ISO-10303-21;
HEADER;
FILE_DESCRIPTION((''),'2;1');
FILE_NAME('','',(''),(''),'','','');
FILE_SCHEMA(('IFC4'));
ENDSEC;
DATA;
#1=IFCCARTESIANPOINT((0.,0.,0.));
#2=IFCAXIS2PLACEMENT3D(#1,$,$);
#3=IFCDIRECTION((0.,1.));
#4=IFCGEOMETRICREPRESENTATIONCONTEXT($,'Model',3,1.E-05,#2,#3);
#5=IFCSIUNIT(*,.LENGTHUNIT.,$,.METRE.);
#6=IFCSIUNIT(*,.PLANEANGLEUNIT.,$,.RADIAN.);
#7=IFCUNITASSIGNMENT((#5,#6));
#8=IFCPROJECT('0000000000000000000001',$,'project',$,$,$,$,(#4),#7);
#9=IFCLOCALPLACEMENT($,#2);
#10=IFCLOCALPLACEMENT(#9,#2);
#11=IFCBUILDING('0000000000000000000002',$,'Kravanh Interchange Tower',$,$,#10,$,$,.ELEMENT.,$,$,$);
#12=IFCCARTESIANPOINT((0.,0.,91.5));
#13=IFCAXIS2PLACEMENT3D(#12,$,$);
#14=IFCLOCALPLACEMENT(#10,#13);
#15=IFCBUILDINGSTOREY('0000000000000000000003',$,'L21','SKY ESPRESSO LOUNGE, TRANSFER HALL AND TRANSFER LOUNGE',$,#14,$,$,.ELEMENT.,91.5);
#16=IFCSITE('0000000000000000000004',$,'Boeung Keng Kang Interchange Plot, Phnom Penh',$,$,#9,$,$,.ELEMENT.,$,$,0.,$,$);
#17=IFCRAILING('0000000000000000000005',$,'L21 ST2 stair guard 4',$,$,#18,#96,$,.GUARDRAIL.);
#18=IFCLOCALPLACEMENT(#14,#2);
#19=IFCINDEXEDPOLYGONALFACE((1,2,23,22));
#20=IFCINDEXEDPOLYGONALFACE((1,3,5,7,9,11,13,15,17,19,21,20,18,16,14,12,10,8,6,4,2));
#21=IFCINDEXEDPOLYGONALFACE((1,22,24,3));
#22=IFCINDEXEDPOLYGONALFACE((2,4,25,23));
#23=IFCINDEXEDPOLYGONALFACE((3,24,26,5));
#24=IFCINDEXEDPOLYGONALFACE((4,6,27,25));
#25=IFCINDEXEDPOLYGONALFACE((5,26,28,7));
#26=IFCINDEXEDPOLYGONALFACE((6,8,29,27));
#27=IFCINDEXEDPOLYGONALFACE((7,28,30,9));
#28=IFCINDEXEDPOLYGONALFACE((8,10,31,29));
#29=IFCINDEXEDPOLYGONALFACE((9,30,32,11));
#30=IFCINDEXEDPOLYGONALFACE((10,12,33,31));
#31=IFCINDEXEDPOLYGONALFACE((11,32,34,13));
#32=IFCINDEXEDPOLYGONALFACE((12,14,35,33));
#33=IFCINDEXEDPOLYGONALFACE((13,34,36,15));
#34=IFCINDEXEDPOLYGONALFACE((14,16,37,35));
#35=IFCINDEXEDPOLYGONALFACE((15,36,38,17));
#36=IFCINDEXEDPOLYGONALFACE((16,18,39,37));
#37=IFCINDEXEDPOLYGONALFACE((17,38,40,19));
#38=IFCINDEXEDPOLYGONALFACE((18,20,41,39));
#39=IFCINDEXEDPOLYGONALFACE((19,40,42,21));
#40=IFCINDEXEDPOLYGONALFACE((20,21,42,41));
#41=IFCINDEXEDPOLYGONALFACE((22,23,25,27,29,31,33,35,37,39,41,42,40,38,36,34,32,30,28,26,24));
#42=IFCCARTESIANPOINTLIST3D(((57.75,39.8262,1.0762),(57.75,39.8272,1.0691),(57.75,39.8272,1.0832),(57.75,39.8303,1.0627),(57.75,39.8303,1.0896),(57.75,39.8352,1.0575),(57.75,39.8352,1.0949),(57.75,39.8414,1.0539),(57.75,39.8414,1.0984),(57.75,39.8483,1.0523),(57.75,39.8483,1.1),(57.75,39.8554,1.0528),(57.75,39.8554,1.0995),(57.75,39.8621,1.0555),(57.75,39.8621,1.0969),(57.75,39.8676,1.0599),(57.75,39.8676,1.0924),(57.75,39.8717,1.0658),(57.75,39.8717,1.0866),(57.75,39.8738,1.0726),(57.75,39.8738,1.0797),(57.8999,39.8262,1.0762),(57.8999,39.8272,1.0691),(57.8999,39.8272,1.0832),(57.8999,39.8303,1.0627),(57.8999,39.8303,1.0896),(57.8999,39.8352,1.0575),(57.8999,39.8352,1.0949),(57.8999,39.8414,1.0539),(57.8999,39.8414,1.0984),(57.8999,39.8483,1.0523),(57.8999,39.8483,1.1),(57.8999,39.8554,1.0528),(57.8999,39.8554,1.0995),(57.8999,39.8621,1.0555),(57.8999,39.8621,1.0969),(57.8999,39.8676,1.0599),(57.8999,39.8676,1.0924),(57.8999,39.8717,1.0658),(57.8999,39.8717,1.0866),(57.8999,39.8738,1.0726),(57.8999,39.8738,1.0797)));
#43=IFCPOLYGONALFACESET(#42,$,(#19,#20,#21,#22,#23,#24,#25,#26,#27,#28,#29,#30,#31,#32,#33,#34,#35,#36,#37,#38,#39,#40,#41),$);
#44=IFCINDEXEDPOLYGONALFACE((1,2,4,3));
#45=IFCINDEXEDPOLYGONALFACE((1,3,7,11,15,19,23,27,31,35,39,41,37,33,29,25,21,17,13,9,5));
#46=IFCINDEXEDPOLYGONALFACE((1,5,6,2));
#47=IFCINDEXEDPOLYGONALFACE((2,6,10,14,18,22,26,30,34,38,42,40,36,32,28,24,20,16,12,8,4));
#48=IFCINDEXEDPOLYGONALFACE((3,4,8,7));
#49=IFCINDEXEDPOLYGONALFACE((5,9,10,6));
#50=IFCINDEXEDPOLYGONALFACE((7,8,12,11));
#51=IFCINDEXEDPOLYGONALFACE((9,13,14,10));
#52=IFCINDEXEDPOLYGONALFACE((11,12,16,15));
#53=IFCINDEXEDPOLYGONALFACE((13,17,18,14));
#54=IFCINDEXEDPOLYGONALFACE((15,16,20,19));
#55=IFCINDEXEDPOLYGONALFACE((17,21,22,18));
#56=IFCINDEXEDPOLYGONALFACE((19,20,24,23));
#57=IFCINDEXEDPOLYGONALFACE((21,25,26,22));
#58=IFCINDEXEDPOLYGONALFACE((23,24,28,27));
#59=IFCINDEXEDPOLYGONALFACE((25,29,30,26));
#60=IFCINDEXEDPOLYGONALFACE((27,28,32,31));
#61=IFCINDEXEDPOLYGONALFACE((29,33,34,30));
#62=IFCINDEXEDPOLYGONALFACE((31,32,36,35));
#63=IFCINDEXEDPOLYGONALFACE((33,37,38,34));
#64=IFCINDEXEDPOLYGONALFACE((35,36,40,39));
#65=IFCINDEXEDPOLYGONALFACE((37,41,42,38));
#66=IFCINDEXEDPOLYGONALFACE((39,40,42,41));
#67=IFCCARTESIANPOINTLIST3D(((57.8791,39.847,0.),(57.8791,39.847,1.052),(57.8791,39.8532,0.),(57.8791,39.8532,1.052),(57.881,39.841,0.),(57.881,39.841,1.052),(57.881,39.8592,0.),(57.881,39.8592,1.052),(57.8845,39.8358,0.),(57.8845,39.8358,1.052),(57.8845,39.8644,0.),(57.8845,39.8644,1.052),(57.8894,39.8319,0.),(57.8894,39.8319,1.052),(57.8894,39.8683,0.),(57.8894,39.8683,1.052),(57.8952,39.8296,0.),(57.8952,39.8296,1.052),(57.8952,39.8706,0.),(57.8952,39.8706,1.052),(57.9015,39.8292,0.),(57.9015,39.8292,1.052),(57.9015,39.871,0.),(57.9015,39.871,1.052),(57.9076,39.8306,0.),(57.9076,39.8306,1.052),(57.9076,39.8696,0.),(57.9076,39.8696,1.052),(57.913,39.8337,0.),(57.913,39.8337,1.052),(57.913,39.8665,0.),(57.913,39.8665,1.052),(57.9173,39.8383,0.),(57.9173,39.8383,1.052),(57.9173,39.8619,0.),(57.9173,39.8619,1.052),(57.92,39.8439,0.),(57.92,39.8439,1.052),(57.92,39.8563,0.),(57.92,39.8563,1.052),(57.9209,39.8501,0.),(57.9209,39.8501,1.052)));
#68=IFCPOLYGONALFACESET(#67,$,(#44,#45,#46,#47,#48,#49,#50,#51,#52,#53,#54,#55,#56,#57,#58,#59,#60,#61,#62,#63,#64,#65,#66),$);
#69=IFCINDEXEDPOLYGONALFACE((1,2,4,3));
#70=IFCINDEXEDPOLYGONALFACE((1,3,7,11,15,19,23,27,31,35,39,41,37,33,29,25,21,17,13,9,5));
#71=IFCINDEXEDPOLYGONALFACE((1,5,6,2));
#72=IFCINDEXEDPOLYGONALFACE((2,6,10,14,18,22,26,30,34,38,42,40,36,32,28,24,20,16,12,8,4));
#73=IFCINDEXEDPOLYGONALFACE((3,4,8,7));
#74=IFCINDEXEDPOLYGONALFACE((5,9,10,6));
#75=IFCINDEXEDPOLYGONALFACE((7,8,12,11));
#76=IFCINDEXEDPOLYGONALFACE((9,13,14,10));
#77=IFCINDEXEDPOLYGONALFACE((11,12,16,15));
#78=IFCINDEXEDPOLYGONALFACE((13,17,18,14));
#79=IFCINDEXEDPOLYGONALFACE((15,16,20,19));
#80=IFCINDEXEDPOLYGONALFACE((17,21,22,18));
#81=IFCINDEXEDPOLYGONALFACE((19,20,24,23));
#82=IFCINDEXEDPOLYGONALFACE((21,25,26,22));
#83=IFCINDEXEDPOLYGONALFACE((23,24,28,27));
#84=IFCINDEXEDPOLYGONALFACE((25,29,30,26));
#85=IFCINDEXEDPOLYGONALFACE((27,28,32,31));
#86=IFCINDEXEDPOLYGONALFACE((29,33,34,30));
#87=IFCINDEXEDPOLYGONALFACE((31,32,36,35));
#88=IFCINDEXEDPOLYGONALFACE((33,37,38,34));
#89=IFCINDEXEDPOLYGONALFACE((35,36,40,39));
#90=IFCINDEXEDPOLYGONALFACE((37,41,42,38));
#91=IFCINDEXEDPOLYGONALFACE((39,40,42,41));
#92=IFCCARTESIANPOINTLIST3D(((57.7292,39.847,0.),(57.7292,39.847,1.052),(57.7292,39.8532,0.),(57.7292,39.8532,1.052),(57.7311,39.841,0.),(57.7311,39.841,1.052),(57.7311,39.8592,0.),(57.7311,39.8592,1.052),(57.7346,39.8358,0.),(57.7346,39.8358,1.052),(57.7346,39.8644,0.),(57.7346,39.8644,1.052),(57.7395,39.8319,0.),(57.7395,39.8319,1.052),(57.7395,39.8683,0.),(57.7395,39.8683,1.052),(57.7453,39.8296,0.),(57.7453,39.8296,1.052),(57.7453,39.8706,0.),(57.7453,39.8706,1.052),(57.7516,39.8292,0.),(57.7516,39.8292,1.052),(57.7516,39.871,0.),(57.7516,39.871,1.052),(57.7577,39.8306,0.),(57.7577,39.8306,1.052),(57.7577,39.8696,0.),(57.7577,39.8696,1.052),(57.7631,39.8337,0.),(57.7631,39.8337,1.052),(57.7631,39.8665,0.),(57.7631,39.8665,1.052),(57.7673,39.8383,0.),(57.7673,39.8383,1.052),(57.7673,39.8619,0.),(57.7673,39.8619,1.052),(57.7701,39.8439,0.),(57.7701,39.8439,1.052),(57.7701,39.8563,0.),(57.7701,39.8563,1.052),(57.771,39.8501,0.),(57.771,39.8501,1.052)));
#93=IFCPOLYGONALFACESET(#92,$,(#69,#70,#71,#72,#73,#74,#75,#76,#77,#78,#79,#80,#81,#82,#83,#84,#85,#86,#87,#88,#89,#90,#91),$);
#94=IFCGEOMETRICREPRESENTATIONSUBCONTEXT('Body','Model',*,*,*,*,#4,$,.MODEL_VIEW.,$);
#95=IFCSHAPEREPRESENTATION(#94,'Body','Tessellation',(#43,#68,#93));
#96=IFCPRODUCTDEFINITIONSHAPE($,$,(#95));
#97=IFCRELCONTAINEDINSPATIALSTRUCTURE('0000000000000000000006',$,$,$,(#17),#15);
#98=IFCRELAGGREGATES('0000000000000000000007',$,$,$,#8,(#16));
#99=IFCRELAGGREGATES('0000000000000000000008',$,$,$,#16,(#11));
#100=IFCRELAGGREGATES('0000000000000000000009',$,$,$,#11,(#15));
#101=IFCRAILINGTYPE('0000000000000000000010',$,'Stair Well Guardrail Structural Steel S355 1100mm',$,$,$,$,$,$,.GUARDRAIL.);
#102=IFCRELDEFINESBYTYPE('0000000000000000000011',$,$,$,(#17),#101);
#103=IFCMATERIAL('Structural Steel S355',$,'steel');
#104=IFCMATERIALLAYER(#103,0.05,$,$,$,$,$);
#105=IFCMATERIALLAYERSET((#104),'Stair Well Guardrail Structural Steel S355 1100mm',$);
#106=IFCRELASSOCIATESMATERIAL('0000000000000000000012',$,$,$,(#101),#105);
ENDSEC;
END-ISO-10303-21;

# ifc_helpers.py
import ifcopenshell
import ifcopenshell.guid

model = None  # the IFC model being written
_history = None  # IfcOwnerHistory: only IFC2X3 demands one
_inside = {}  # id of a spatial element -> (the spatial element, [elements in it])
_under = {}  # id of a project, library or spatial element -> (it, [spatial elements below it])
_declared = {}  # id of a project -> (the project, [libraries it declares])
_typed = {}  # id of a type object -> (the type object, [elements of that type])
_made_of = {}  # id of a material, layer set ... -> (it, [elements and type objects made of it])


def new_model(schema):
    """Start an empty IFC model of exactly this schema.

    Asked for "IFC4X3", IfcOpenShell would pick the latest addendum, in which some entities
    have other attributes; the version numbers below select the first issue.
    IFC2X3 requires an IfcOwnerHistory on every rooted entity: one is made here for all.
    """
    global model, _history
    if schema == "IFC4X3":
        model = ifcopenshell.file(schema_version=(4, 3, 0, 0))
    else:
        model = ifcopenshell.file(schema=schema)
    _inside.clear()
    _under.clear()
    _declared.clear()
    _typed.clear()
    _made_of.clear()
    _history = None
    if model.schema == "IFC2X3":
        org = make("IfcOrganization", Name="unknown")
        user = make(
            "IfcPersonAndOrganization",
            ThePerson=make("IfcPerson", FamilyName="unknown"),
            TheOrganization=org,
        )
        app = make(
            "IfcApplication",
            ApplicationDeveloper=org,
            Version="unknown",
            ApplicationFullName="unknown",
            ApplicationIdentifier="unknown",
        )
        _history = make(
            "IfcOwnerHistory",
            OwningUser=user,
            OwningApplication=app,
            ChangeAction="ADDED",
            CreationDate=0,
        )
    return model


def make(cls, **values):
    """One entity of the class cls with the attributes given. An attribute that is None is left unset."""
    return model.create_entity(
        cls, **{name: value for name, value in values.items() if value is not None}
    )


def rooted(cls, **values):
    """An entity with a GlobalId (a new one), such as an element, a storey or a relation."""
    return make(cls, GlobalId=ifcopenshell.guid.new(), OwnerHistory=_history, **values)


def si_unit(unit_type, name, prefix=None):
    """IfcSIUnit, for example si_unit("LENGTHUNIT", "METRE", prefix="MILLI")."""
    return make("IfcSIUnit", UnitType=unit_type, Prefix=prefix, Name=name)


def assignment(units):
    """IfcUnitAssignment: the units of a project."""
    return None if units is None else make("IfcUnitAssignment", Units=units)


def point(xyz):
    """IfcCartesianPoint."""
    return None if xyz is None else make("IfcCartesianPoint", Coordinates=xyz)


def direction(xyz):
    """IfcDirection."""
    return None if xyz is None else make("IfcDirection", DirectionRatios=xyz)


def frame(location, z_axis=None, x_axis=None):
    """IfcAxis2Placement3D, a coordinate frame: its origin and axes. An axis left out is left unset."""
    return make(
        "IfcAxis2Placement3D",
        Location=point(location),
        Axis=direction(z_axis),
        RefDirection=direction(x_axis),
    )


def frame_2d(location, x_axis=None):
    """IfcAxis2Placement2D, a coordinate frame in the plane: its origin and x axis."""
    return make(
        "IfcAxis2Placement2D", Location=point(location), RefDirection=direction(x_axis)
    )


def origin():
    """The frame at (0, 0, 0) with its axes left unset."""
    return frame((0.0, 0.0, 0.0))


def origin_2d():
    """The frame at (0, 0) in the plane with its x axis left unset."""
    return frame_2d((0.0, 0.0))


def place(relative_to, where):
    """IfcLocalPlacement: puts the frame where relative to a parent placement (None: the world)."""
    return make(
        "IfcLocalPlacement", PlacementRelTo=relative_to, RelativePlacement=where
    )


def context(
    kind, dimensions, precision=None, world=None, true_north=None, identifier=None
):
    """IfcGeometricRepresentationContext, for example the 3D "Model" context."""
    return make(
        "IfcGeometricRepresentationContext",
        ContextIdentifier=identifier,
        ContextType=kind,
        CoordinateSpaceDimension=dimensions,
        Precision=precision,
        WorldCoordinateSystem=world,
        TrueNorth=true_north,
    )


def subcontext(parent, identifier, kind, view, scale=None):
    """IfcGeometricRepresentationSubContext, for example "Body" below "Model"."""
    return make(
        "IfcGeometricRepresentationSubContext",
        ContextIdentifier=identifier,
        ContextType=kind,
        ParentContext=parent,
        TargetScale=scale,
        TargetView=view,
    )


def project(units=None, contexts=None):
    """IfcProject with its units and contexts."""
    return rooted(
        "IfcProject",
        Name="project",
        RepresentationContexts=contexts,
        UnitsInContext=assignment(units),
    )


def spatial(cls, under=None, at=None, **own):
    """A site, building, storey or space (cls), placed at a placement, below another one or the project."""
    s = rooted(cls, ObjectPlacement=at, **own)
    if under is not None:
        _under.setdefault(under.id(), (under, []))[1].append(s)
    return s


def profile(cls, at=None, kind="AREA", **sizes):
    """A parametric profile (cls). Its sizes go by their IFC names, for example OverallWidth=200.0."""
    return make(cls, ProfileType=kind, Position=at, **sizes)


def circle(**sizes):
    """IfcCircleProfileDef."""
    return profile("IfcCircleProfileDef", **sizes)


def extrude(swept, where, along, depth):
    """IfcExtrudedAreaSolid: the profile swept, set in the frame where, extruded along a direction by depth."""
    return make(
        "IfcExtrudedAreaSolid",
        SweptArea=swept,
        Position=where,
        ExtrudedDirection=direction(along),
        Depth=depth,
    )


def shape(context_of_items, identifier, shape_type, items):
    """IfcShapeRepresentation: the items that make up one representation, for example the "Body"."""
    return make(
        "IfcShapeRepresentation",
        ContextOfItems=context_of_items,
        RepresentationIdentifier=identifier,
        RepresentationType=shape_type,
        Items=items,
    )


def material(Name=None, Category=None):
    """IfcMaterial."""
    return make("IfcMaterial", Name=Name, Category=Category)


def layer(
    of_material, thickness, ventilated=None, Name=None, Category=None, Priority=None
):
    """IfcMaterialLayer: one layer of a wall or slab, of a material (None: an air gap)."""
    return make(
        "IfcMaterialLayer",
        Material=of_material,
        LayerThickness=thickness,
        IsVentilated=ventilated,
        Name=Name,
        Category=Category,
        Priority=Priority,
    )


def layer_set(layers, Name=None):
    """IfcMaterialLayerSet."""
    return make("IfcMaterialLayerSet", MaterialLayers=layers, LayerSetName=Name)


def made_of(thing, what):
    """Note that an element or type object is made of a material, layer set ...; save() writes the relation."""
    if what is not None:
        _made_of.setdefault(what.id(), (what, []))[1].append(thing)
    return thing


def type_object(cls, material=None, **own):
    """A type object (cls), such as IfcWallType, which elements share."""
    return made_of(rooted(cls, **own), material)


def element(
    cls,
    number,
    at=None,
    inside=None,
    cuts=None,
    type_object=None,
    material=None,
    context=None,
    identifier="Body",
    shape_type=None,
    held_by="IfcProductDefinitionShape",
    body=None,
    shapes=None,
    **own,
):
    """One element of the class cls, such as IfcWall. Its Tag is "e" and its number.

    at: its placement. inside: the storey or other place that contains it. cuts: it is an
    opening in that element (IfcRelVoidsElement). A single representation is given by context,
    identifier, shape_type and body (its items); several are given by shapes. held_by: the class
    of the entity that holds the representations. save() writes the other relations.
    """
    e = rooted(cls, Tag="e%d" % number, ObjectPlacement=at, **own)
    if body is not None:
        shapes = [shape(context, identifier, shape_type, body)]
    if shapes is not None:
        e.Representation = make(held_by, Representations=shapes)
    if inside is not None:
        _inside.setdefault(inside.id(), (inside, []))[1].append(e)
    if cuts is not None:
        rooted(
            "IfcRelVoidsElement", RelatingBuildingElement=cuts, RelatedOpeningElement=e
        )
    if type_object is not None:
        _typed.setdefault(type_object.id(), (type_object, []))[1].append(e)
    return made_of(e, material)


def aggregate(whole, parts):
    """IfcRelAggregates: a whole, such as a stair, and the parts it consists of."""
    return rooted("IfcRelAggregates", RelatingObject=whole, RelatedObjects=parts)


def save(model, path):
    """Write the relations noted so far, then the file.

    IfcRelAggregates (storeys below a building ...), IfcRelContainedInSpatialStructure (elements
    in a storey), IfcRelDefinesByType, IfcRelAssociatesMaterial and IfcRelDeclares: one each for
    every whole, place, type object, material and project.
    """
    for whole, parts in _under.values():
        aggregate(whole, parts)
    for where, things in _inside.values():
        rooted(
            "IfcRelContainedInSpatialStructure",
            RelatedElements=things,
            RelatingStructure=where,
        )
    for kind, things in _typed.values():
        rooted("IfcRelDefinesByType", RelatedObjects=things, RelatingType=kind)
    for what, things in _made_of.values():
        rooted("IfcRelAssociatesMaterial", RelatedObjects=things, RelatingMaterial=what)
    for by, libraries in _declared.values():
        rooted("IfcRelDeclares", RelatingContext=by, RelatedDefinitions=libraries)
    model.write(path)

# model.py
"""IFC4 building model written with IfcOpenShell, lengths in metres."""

from ifc_helpers import new_model, si_unit, direction, frame, origin, origin_2d, place, context, subcontext, project, spatial, circle, extrude, material, layer, layer_set, type_object, element, save


model = new_model("IFC4")

# Units and contexts
model_context = context("Model", 3, precision=1e-05, world=origin(), true_north=direction((0.0, 1.0)))
body_context = subcontext(model_context, "Body", "Model", "MODEL_VIEW")
ifc_project = project(units=[si_unit("LENGTHUNIT", "METRE"), si_unit("PLANEANGLEUNIT", "RADIAN")], contexts=[model_context])

# Site, building, storey
site_placement = place(None, origin())
site = spatial("IfcSite", under=ifc_project, at=site_placement, Name="Boeung Keng Kang Interchange Plot, Phnom Penh", CompositionType="ELEMENT", RefElevation=0.0)
building_placement = place(site_placement, origin())
building = spatial("IfcBuilding", under=site, at=building_placement, Name="Kravanh Interchange Tower", CompositionType="ELEMENT")
storey_placement = place(building_placement, frame((0.0, 0.0, 91.5)))
storey = spatial("IfcBuildingStorey", under=building, at=storey_placement, Name="L21", Description="SKY ESPRESSO LOUNGE, TRANSFER HALL AND TRANSFER LOUNGE", CompositionType="ELEMENT", Elevation=91.5)

# Railing
ifc_material_1 = material(Name="Structural Steel S355", Category="steel")
ifc_layer_1 = layer(ifc_material_1, 0.05)
ifc_layer_set_1 = layer_set([ifc_layer_1], Name="Stair Well Guardrail Structural Steel S355 1100mm")
railing_type_1 = type_object("IfcRailingType", Name="Stair Well Guardrail Structural Steel S355 1100mm", PredefinedType="GUARDRAIL", material=ifc_layer_set_1)
railing_1_placement = place(storey_placement, frame((57.8999, 39.8501, 0.0)))
element("IfcRailing", 1, at=railing_1_placement, inside=storey, type_object=railing_type_1, Name="L21 ST2 stair guard 4", PredefinedType="GUARDRAIL", context=body_context, shape_type="SweptSolid", body=[
    extrude(circle(Radius=0.0239, at=origin_2d()), frame((0.0, 0.0, 1.0762), z_axis=(-1.0, 0.0, 0.0), x_axis=(0.0, -1.0, 0.0)), (0.0, 0.0, 1.0), 0.1499),
    extrude(circle(Radius=0.021, at=origin_2d()), origin(), (0.0, 0.0, 1.0), 1.052),
    extrude(circle(Radius=0.021, at=origin_2d()), frame((-0.1499, 0.0, 0.0)), (0.0, 0.0, 1.0), 1.052),
])

save(model, "model.ifc")
